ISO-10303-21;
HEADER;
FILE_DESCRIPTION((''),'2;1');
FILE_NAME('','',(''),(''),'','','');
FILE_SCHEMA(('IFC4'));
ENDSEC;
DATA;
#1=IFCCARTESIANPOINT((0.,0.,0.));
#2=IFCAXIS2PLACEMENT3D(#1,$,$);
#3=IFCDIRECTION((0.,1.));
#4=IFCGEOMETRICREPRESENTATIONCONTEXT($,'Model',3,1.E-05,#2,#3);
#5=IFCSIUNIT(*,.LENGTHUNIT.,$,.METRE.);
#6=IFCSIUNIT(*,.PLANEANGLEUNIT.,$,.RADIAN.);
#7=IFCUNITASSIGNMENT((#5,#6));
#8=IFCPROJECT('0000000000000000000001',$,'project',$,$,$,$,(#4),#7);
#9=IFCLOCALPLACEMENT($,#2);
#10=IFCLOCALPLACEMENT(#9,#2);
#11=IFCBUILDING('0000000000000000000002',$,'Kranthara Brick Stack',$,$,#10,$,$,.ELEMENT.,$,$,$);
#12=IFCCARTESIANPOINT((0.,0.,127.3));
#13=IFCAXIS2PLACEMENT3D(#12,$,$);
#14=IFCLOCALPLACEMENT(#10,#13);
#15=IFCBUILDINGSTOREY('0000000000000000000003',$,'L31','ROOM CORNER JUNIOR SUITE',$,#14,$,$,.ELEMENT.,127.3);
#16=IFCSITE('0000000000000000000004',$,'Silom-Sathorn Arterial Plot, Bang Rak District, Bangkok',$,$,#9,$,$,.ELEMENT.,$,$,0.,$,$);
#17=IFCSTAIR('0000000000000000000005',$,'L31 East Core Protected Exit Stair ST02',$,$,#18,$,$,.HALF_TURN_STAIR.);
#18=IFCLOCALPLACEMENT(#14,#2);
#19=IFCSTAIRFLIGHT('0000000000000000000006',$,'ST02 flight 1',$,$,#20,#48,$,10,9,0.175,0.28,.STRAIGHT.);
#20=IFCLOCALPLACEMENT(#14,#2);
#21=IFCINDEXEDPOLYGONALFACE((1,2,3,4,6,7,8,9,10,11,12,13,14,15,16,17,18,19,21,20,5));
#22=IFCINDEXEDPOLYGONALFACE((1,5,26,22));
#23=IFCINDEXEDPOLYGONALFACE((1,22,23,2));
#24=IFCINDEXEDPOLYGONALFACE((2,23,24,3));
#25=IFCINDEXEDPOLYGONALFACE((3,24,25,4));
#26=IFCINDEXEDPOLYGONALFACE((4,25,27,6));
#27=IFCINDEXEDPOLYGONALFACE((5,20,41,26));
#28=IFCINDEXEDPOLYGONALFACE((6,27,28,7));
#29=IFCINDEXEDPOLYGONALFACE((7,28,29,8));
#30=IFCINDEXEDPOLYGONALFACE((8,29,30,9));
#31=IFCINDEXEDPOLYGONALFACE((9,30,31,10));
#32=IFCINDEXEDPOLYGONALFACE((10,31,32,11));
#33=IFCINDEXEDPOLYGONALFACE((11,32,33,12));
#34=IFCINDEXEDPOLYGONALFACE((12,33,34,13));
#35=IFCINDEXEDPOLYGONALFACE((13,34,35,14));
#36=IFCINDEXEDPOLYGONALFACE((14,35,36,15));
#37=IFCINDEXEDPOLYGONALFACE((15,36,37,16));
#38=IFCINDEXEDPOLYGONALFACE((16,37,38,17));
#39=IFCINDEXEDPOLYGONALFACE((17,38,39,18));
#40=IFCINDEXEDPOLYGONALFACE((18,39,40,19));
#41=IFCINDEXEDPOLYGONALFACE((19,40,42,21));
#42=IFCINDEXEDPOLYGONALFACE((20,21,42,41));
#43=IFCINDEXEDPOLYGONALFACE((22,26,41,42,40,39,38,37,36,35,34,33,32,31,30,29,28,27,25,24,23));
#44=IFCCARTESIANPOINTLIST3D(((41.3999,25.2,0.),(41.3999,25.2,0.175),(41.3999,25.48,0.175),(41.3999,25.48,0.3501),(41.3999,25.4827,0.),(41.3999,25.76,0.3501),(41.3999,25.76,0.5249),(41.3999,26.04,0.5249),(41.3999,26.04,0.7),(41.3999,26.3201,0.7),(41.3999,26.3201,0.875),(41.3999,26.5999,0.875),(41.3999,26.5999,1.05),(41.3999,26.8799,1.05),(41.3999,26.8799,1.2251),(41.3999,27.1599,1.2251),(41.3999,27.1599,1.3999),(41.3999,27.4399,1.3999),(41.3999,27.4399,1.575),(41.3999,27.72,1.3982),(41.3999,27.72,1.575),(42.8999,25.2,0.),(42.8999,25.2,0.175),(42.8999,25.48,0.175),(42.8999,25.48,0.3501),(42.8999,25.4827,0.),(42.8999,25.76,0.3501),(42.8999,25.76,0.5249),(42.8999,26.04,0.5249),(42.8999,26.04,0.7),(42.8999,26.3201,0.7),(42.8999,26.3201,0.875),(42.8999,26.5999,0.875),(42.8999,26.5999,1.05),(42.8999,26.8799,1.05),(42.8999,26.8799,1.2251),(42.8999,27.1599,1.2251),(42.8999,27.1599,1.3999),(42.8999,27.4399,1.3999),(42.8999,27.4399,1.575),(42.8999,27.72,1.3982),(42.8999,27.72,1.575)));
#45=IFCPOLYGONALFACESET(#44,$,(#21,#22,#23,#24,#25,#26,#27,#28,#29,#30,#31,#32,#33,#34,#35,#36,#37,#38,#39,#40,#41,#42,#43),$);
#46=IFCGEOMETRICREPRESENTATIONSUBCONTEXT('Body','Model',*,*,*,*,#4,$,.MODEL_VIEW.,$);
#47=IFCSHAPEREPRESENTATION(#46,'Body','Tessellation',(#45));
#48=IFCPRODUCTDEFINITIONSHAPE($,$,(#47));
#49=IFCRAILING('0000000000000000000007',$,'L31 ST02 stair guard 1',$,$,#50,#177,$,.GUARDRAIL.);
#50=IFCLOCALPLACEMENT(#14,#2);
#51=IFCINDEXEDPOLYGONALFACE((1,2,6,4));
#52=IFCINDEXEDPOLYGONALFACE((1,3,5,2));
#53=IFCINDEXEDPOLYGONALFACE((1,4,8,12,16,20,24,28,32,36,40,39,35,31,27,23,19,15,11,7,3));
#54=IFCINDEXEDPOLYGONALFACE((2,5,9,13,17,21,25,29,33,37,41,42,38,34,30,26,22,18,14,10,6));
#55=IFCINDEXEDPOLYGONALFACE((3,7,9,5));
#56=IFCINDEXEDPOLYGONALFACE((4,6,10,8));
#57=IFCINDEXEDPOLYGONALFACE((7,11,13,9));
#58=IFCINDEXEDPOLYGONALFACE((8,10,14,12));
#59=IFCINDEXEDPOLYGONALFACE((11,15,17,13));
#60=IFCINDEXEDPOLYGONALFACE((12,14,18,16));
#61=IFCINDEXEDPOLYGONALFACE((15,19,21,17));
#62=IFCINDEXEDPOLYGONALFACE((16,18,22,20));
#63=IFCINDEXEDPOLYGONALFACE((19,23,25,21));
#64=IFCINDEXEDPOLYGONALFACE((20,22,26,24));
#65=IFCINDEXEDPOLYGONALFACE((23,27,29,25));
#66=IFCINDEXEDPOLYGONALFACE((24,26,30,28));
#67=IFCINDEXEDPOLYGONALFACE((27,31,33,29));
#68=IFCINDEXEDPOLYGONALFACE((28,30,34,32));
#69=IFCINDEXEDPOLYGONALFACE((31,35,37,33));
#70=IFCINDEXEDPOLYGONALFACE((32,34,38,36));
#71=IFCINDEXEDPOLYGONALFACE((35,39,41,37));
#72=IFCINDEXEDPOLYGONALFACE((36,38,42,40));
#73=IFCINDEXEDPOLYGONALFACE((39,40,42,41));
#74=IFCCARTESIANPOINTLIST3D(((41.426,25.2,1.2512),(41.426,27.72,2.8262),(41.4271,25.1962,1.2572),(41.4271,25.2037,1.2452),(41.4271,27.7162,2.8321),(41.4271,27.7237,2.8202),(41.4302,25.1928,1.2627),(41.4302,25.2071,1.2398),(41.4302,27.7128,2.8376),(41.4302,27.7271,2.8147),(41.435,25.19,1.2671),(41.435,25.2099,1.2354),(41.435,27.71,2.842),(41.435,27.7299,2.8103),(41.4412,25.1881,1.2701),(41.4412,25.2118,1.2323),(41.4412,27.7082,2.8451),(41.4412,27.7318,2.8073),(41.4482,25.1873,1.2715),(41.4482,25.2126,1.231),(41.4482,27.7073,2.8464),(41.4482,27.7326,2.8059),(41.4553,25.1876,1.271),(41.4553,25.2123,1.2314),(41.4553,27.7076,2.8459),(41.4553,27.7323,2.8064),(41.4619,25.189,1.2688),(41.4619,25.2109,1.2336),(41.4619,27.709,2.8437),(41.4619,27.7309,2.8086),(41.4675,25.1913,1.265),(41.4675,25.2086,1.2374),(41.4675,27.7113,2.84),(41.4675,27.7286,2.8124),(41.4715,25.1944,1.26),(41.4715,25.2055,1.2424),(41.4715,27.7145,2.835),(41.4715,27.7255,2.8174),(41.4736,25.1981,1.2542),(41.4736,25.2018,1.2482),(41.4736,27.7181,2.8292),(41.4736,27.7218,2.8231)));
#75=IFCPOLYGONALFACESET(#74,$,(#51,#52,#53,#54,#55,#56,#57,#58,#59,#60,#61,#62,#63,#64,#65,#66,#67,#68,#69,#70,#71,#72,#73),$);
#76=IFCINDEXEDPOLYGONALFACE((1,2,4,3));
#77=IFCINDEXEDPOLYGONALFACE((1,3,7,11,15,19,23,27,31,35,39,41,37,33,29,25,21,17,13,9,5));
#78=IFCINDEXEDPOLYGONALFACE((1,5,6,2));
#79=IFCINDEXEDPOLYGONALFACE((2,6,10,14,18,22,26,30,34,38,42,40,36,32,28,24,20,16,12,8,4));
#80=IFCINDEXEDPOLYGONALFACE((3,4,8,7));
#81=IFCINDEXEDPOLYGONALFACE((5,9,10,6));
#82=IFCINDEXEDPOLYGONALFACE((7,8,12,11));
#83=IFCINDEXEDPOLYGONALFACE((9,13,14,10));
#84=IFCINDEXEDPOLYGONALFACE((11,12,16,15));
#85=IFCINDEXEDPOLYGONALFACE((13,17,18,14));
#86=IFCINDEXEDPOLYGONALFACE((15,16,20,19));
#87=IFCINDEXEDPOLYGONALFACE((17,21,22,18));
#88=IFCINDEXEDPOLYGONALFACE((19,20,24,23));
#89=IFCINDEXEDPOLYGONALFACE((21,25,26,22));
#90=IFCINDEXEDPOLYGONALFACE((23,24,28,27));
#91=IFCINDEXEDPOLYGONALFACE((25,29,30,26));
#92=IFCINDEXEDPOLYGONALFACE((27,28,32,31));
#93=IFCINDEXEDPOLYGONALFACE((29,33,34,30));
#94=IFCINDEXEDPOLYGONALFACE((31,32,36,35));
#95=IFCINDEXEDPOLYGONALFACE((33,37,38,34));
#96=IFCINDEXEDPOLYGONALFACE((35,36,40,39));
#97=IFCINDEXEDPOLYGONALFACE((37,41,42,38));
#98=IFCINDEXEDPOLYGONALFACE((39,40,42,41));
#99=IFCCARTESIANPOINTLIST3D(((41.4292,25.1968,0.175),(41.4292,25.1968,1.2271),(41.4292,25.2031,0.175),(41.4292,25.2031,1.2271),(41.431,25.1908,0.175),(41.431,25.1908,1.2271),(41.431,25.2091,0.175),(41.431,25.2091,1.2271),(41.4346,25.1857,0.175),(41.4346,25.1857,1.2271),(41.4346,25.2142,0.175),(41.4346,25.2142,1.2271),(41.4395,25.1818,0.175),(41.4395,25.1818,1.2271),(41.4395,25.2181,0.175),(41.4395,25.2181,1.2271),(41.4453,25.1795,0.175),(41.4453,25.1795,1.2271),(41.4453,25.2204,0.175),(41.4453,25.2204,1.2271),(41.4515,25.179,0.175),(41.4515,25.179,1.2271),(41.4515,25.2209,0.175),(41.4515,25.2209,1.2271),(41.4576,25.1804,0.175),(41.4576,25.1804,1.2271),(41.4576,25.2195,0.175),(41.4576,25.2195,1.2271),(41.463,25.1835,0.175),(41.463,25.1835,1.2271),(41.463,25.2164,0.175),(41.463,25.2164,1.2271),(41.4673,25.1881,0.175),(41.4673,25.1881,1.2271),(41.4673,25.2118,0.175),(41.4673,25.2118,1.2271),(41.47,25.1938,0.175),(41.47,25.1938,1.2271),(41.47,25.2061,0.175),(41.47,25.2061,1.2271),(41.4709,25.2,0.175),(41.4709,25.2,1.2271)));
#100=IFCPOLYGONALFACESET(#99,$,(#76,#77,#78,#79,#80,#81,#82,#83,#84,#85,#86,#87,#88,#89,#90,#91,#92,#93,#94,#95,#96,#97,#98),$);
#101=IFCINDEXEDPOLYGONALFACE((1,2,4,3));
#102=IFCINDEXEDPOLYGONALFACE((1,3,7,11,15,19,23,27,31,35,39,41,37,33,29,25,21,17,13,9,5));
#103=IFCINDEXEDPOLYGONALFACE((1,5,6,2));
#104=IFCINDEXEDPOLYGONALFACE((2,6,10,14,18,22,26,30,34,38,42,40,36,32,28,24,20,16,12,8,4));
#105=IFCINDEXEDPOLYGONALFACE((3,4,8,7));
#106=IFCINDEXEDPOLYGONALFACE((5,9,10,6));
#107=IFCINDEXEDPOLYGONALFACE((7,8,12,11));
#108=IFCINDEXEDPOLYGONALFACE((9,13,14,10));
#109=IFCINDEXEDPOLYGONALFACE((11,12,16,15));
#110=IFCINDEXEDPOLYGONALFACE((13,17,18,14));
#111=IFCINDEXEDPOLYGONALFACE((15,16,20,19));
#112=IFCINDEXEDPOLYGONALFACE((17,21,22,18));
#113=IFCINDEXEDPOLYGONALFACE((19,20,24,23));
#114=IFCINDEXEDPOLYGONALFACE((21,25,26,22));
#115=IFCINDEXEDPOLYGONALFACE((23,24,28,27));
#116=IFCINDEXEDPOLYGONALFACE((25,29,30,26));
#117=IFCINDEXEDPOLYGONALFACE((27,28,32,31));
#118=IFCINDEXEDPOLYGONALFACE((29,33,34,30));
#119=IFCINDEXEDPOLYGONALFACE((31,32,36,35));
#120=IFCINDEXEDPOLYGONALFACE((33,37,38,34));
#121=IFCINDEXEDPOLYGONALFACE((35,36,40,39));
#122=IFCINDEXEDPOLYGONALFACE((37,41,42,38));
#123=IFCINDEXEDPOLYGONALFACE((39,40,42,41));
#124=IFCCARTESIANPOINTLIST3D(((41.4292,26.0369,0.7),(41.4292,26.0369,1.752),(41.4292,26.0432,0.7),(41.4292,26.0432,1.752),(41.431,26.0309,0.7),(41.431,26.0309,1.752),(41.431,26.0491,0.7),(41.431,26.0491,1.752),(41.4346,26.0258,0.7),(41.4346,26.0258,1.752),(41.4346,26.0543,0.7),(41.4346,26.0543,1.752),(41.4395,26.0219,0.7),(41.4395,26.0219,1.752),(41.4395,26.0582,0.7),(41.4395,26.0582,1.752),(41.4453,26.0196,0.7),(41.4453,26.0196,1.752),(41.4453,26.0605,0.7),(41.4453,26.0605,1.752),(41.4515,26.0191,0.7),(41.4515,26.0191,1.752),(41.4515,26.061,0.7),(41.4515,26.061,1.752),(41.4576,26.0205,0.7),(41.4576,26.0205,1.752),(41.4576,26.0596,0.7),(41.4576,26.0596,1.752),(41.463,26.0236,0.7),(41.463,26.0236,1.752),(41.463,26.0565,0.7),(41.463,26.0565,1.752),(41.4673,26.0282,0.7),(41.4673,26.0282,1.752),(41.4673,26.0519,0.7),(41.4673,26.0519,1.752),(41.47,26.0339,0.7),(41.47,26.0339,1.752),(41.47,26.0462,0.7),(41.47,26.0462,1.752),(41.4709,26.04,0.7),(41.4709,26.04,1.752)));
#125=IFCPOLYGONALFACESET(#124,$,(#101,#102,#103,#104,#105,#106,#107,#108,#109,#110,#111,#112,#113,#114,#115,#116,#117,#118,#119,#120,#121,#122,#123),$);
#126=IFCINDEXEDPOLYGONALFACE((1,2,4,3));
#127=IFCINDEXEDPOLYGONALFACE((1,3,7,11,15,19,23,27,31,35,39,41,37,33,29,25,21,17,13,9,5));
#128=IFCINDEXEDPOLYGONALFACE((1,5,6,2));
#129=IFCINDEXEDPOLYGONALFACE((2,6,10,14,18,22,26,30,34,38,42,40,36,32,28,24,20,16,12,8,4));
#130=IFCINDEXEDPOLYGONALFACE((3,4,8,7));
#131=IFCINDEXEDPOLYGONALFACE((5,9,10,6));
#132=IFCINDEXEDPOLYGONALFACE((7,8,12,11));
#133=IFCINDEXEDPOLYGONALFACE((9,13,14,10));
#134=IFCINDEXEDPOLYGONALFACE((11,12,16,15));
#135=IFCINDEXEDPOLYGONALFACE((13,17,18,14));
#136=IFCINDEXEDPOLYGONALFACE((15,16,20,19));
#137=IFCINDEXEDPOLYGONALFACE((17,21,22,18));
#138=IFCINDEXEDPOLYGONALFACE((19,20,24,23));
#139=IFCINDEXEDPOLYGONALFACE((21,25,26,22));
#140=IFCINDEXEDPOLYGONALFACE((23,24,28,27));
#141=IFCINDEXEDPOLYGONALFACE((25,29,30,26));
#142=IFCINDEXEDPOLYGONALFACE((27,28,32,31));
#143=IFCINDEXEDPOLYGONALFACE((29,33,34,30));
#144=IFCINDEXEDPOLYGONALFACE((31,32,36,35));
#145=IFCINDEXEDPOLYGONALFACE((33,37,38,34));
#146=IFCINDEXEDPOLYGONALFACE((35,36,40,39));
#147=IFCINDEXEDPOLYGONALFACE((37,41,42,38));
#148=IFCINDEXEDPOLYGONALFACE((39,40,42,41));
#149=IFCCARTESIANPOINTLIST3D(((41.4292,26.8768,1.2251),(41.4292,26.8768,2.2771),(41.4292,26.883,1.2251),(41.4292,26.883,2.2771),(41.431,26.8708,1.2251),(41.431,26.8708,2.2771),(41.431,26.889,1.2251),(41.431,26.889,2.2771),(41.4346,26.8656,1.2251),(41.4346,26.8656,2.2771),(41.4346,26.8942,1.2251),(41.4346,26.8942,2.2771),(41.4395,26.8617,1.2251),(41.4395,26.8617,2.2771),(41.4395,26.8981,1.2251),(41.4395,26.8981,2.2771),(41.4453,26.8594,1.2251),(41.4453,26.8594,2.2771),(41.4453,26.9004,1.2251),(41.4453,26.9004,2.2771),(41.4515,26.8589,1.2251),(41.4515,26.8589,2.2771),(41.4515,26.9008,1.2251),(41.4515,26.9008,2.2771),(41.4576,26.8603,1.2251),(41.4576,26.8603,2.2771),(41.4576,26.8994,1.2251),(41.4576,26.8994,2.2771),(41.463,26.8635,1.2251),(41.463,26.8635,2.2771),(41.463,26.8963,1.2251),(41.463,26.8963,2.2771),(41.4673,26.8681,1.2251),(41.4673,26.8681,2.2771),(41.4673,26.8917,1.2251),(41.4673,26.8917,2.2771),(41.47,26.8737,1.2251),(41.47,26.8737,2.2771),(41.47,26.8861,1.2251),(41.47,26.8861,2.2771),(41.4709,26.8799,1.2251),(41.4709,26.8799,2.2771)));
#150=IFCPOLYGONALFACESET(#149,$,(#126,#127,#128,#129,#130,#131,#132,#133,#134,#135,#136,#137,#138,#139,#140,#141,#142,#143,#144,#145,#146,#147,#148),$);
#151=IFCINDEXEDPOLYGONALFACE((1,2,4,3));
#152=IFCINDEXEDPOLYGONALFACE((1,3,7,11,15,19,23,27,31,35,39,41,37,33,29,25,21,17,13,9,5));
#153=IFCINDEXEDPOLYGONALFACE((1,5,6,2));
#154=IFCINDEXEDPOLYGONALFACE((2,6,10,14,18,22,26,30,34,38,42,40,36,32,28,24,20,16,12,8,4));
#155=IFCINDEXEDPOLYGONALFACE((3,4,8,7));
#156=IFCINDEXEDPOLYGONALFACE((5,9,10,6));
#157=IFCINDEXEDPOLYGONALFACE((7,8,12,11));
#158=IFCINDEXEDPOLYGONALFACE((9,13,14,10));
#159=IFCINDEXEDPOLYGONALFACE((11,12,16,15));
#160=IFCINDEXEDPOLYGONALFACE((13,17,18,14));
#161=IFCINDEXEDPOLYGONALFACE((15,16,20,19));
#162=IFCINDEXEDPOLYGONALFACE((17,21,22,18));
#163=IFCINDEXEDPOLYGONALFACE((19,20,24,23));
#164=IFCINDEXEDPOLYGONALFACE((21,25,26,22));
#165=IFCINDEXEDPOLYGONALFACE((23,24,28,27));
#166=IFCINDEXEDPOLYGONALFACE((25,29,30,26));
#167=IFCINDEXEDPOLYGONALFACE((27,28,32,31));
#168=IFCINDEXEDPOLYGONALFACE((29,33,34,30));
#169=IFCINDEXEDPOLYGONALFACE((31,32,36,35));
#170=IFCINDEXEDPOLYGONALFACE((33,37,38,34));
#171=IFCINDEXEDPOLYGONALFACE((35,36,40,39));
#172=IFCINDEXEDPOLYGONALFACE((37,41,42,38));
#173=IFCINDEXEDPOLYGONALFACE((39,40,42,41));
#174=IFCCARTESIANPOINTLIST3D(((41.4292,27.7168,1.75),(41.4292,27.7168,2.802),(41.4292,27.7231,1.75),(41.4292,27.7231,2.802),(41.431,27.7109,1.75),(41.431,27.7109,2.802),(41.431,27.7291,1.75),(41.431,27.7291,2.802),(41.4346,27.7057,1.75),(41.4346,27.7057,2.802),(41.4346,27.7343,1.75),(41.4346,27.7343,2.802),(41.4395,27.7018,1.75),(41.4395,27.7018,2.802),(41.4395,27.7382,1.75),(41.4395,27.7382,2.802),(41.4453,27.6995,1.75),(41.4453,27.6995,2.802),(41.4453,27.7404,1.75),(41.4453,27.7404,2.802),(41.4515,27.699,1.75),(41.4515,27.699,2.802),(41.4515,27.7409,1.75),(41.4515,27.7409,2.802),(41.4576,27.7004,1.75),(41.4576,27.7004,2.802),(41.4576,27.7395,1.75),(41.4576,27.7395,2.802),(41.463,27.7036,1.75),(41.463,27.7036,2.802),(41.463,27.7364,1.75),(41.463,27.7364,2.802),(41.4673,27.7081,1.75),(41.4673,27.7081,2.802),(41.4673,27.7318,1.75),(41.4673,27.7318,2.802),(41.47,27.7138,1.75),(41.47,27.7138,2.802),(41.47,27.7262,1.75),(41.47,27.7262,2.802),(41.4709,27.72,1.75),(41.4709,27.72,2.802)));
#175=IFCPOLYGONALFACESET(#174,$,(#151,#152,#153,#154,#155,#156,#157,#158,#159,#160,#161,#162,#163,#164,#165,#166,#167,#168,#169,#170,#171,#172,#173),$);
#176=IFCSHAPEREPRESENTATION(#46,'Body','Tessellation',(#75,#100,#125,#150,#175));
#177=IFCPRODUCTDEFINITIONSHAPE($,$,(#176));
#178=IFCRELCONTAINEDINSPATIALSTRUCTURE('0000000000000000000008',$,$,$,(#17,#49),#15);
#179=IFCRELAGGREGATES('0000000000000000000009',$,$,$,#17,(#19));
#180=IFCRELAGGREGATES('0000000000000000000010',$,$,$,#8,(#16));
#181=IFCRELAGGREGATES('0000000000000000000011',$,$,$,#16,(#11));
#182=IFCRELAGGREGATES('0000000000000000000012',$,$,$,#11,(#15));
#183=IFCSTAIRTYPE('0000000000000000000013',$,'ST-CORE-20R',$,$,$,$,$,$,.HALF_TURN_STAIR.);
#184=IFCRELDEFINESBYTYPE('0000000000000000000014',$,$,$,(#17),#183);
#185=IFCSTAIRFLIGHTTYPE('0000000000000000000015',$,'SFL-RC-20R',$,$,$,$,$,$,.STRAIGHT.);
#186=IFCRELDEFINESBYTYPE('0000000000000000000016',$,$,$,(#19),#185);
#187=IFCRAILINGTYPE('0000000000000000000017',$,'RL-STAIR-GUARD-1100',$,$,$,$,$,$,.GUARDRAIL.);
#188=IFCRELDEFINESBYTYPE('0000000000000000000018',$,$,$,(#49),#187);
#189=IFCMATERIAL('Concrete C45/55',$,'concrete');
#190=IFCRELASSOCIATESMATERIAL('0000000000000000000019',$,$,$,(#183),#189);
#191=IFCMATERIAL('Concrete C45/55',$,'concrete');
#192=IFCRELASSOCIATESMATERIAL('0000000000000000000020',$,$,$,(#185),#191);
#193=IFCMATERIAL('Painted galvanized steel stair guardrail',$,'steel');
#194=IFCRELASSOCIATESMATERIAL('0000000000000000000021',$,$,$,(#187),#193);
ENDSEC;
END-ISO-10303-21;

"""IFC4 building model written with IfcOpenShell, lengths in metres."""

from ifc_helpers import new_model, si_unit, direction, frame, origin, origin_2d, place, context, subcontext, project, spatial, polyline, circle, outline, extrude, material, type_object, element, aggregate, save


model = new_model("IFC4")

# Units and contexts
model_context = context("Model", 3, precision=1e-05, world=origin(), true_north=direction((0.0, 1.0)))
body_context = subcontext(model_context, "Body", "Model", "MODEL_VIEW")
ifc_project = project(units=[si_unit("LENGTHUNIT", "METRE"), si_unit("PLANEANGLEUNIT", "RADIAN")], contexts=[model_context])

# Site, building, storey
site_placement = place(None, origin())
site = spatial("IfcSite", under=ifc_project, at=site_placement, Name="Silom-Sathorn Arterial Plot, Bang Rak District, Bangkok", CompositionType="ELEMENT", RefElevation=0.0)
building_placement = place(site_placement, origin())
building = spatial("IfcBuilding", under=site, at=building_placement, Name="Kranthara Brick Stack", CompositionType="ELEMENT")
storey_placement = place(building_placement, frame((0.0, 0.0, 127.3)))
storey = spatial("IfcBuildingStorey", under=building, at=storey_placement, Name="L31", Description="ROOM CORNER JUNIOR SUITE", CompositionType="ELEMENT", Elevation=127.3)

# Stair, stair flight
ifc_material_1 = material(Name="Concrete C45/55", Category="concrete")
stair_type = type_object("IfcStairType", Name="ST-CORE-20R", PredefinedType="HALF_TURN_STAIR", material=ifc_material_1)
stair_placement = place(storey_placement, origin())
stair = element("IfcStair", 1, at=stair_placement, inside=storey, type_object=stair_type, Name="L31 East Core Protected Exit Stair ST02", PredefinedType="HALF_TURN_STAIR")
ifc_material_2 = material(Name="Concrete C45/55", Category="concrete")
stair_flight_type = type_object("IfcStairFlightType", Name="SFL-RC-20R", PredefinedType="STRAIGHT", material=ifc_material_2)
stair_flight_placement = place(storey_placement, frame((42.1499, 25.2, 0.0), z_axis=(0.0, 0.0, 1.0), x_axis=(0.0, 1.0, 0.0)))
stair_flight = element("IfcStairFlight", 2, at=stair_flight_placement, type_object=stair_flight_type, Name="ST02 flight 1", NumberOfRisers=10, NumberOfTreads=9, PredefinedType="STRAIGHT", RiserHeight=0.175, TreadLength=0.28, context=body_context, shape_type="SweptSolid", body=[
    extrude(outline(polyline([(0.0, 0.0), (0.0, 0.175), (0.28, 0.175), (0.28, 0.3501), (0.5601, 0.3501), (0.5601, 0.5249), (0.8401, 0.5249), (0.8401, 0.7), (1.1201, 0.7), (1.1201, 0.875), (1.3999, 0.875), (1.3999, 1.05), (1.6799, 1.05), (1.6799, 1.2251), (1.96, 1.2251), (1.96, 1.3999), (2.24, 1.3999), (2.24, 1.575), (2.52, 1.575), (2.52, 1.75), (2.52, 1.3982), (0.2827, 0.0), (0.0, 0.0)])), frame((0.0, 0.75, 0.0), z_axis=(0.0, -1.0, 0.0), x_axis=(1.0, 0.0, 0.0)), (0.0, 0.0, 1.0), 1.5),
])
aggregate(stair, [stair_flight])

# Railing
ifc_material_3 = material(Name="Painted galvanized steel stair guardrail", Category="steel")
railing_type = type_object("IfcRailingType", Name="RL-STAIR-GUARD-1100", PredefinedType="GUARDRAIL", material=ifc_material_3)
railing_1_placement = place(storey_placement, frame((41.45, 25.2, 0.175)))
element("IfcRailing", 3, at=railing_1_placement, inside=storey, type_object=railing_type, Name="L31 ST02 stair guard 1", PredefinedType="GUARDRAIL", context=body_context, shape_type="SweptSolid", body=[
    extrude(circle(Radius=0.0239, at=origin_2d()), frame((0.0, 0.0, 1.0762), z_axis=(0.0, 0.848008, 0.529984), x_axis=(-1.0, 0.0, 0.0)), (0.0, 0.0, 1.0), 2.9717),
    extrude(circle(Radius=0.021, at=origin_2d()), origin(), (0.0, 0.0, 1.0), 1.052),
    extrude(circle(Radius=0.021, at=origin_2d()), frame((0.0, 0.8401, 0.5249)), (0.0, 0.0, 1.0), 1.052),
    extrude(circle(Radius=0.021, at=origin_2d()), frame((0.0, 1.6799, 1.05)), (0.0, 0.0, 1.0), 1.052),
    extrude(circle(Radius=0.021, at=origin_2d()), frame((0.0, 2.52, 1.575)), (0.0, 0.0, 1.0), 1.052),
])

save(model, "model.ifc")
